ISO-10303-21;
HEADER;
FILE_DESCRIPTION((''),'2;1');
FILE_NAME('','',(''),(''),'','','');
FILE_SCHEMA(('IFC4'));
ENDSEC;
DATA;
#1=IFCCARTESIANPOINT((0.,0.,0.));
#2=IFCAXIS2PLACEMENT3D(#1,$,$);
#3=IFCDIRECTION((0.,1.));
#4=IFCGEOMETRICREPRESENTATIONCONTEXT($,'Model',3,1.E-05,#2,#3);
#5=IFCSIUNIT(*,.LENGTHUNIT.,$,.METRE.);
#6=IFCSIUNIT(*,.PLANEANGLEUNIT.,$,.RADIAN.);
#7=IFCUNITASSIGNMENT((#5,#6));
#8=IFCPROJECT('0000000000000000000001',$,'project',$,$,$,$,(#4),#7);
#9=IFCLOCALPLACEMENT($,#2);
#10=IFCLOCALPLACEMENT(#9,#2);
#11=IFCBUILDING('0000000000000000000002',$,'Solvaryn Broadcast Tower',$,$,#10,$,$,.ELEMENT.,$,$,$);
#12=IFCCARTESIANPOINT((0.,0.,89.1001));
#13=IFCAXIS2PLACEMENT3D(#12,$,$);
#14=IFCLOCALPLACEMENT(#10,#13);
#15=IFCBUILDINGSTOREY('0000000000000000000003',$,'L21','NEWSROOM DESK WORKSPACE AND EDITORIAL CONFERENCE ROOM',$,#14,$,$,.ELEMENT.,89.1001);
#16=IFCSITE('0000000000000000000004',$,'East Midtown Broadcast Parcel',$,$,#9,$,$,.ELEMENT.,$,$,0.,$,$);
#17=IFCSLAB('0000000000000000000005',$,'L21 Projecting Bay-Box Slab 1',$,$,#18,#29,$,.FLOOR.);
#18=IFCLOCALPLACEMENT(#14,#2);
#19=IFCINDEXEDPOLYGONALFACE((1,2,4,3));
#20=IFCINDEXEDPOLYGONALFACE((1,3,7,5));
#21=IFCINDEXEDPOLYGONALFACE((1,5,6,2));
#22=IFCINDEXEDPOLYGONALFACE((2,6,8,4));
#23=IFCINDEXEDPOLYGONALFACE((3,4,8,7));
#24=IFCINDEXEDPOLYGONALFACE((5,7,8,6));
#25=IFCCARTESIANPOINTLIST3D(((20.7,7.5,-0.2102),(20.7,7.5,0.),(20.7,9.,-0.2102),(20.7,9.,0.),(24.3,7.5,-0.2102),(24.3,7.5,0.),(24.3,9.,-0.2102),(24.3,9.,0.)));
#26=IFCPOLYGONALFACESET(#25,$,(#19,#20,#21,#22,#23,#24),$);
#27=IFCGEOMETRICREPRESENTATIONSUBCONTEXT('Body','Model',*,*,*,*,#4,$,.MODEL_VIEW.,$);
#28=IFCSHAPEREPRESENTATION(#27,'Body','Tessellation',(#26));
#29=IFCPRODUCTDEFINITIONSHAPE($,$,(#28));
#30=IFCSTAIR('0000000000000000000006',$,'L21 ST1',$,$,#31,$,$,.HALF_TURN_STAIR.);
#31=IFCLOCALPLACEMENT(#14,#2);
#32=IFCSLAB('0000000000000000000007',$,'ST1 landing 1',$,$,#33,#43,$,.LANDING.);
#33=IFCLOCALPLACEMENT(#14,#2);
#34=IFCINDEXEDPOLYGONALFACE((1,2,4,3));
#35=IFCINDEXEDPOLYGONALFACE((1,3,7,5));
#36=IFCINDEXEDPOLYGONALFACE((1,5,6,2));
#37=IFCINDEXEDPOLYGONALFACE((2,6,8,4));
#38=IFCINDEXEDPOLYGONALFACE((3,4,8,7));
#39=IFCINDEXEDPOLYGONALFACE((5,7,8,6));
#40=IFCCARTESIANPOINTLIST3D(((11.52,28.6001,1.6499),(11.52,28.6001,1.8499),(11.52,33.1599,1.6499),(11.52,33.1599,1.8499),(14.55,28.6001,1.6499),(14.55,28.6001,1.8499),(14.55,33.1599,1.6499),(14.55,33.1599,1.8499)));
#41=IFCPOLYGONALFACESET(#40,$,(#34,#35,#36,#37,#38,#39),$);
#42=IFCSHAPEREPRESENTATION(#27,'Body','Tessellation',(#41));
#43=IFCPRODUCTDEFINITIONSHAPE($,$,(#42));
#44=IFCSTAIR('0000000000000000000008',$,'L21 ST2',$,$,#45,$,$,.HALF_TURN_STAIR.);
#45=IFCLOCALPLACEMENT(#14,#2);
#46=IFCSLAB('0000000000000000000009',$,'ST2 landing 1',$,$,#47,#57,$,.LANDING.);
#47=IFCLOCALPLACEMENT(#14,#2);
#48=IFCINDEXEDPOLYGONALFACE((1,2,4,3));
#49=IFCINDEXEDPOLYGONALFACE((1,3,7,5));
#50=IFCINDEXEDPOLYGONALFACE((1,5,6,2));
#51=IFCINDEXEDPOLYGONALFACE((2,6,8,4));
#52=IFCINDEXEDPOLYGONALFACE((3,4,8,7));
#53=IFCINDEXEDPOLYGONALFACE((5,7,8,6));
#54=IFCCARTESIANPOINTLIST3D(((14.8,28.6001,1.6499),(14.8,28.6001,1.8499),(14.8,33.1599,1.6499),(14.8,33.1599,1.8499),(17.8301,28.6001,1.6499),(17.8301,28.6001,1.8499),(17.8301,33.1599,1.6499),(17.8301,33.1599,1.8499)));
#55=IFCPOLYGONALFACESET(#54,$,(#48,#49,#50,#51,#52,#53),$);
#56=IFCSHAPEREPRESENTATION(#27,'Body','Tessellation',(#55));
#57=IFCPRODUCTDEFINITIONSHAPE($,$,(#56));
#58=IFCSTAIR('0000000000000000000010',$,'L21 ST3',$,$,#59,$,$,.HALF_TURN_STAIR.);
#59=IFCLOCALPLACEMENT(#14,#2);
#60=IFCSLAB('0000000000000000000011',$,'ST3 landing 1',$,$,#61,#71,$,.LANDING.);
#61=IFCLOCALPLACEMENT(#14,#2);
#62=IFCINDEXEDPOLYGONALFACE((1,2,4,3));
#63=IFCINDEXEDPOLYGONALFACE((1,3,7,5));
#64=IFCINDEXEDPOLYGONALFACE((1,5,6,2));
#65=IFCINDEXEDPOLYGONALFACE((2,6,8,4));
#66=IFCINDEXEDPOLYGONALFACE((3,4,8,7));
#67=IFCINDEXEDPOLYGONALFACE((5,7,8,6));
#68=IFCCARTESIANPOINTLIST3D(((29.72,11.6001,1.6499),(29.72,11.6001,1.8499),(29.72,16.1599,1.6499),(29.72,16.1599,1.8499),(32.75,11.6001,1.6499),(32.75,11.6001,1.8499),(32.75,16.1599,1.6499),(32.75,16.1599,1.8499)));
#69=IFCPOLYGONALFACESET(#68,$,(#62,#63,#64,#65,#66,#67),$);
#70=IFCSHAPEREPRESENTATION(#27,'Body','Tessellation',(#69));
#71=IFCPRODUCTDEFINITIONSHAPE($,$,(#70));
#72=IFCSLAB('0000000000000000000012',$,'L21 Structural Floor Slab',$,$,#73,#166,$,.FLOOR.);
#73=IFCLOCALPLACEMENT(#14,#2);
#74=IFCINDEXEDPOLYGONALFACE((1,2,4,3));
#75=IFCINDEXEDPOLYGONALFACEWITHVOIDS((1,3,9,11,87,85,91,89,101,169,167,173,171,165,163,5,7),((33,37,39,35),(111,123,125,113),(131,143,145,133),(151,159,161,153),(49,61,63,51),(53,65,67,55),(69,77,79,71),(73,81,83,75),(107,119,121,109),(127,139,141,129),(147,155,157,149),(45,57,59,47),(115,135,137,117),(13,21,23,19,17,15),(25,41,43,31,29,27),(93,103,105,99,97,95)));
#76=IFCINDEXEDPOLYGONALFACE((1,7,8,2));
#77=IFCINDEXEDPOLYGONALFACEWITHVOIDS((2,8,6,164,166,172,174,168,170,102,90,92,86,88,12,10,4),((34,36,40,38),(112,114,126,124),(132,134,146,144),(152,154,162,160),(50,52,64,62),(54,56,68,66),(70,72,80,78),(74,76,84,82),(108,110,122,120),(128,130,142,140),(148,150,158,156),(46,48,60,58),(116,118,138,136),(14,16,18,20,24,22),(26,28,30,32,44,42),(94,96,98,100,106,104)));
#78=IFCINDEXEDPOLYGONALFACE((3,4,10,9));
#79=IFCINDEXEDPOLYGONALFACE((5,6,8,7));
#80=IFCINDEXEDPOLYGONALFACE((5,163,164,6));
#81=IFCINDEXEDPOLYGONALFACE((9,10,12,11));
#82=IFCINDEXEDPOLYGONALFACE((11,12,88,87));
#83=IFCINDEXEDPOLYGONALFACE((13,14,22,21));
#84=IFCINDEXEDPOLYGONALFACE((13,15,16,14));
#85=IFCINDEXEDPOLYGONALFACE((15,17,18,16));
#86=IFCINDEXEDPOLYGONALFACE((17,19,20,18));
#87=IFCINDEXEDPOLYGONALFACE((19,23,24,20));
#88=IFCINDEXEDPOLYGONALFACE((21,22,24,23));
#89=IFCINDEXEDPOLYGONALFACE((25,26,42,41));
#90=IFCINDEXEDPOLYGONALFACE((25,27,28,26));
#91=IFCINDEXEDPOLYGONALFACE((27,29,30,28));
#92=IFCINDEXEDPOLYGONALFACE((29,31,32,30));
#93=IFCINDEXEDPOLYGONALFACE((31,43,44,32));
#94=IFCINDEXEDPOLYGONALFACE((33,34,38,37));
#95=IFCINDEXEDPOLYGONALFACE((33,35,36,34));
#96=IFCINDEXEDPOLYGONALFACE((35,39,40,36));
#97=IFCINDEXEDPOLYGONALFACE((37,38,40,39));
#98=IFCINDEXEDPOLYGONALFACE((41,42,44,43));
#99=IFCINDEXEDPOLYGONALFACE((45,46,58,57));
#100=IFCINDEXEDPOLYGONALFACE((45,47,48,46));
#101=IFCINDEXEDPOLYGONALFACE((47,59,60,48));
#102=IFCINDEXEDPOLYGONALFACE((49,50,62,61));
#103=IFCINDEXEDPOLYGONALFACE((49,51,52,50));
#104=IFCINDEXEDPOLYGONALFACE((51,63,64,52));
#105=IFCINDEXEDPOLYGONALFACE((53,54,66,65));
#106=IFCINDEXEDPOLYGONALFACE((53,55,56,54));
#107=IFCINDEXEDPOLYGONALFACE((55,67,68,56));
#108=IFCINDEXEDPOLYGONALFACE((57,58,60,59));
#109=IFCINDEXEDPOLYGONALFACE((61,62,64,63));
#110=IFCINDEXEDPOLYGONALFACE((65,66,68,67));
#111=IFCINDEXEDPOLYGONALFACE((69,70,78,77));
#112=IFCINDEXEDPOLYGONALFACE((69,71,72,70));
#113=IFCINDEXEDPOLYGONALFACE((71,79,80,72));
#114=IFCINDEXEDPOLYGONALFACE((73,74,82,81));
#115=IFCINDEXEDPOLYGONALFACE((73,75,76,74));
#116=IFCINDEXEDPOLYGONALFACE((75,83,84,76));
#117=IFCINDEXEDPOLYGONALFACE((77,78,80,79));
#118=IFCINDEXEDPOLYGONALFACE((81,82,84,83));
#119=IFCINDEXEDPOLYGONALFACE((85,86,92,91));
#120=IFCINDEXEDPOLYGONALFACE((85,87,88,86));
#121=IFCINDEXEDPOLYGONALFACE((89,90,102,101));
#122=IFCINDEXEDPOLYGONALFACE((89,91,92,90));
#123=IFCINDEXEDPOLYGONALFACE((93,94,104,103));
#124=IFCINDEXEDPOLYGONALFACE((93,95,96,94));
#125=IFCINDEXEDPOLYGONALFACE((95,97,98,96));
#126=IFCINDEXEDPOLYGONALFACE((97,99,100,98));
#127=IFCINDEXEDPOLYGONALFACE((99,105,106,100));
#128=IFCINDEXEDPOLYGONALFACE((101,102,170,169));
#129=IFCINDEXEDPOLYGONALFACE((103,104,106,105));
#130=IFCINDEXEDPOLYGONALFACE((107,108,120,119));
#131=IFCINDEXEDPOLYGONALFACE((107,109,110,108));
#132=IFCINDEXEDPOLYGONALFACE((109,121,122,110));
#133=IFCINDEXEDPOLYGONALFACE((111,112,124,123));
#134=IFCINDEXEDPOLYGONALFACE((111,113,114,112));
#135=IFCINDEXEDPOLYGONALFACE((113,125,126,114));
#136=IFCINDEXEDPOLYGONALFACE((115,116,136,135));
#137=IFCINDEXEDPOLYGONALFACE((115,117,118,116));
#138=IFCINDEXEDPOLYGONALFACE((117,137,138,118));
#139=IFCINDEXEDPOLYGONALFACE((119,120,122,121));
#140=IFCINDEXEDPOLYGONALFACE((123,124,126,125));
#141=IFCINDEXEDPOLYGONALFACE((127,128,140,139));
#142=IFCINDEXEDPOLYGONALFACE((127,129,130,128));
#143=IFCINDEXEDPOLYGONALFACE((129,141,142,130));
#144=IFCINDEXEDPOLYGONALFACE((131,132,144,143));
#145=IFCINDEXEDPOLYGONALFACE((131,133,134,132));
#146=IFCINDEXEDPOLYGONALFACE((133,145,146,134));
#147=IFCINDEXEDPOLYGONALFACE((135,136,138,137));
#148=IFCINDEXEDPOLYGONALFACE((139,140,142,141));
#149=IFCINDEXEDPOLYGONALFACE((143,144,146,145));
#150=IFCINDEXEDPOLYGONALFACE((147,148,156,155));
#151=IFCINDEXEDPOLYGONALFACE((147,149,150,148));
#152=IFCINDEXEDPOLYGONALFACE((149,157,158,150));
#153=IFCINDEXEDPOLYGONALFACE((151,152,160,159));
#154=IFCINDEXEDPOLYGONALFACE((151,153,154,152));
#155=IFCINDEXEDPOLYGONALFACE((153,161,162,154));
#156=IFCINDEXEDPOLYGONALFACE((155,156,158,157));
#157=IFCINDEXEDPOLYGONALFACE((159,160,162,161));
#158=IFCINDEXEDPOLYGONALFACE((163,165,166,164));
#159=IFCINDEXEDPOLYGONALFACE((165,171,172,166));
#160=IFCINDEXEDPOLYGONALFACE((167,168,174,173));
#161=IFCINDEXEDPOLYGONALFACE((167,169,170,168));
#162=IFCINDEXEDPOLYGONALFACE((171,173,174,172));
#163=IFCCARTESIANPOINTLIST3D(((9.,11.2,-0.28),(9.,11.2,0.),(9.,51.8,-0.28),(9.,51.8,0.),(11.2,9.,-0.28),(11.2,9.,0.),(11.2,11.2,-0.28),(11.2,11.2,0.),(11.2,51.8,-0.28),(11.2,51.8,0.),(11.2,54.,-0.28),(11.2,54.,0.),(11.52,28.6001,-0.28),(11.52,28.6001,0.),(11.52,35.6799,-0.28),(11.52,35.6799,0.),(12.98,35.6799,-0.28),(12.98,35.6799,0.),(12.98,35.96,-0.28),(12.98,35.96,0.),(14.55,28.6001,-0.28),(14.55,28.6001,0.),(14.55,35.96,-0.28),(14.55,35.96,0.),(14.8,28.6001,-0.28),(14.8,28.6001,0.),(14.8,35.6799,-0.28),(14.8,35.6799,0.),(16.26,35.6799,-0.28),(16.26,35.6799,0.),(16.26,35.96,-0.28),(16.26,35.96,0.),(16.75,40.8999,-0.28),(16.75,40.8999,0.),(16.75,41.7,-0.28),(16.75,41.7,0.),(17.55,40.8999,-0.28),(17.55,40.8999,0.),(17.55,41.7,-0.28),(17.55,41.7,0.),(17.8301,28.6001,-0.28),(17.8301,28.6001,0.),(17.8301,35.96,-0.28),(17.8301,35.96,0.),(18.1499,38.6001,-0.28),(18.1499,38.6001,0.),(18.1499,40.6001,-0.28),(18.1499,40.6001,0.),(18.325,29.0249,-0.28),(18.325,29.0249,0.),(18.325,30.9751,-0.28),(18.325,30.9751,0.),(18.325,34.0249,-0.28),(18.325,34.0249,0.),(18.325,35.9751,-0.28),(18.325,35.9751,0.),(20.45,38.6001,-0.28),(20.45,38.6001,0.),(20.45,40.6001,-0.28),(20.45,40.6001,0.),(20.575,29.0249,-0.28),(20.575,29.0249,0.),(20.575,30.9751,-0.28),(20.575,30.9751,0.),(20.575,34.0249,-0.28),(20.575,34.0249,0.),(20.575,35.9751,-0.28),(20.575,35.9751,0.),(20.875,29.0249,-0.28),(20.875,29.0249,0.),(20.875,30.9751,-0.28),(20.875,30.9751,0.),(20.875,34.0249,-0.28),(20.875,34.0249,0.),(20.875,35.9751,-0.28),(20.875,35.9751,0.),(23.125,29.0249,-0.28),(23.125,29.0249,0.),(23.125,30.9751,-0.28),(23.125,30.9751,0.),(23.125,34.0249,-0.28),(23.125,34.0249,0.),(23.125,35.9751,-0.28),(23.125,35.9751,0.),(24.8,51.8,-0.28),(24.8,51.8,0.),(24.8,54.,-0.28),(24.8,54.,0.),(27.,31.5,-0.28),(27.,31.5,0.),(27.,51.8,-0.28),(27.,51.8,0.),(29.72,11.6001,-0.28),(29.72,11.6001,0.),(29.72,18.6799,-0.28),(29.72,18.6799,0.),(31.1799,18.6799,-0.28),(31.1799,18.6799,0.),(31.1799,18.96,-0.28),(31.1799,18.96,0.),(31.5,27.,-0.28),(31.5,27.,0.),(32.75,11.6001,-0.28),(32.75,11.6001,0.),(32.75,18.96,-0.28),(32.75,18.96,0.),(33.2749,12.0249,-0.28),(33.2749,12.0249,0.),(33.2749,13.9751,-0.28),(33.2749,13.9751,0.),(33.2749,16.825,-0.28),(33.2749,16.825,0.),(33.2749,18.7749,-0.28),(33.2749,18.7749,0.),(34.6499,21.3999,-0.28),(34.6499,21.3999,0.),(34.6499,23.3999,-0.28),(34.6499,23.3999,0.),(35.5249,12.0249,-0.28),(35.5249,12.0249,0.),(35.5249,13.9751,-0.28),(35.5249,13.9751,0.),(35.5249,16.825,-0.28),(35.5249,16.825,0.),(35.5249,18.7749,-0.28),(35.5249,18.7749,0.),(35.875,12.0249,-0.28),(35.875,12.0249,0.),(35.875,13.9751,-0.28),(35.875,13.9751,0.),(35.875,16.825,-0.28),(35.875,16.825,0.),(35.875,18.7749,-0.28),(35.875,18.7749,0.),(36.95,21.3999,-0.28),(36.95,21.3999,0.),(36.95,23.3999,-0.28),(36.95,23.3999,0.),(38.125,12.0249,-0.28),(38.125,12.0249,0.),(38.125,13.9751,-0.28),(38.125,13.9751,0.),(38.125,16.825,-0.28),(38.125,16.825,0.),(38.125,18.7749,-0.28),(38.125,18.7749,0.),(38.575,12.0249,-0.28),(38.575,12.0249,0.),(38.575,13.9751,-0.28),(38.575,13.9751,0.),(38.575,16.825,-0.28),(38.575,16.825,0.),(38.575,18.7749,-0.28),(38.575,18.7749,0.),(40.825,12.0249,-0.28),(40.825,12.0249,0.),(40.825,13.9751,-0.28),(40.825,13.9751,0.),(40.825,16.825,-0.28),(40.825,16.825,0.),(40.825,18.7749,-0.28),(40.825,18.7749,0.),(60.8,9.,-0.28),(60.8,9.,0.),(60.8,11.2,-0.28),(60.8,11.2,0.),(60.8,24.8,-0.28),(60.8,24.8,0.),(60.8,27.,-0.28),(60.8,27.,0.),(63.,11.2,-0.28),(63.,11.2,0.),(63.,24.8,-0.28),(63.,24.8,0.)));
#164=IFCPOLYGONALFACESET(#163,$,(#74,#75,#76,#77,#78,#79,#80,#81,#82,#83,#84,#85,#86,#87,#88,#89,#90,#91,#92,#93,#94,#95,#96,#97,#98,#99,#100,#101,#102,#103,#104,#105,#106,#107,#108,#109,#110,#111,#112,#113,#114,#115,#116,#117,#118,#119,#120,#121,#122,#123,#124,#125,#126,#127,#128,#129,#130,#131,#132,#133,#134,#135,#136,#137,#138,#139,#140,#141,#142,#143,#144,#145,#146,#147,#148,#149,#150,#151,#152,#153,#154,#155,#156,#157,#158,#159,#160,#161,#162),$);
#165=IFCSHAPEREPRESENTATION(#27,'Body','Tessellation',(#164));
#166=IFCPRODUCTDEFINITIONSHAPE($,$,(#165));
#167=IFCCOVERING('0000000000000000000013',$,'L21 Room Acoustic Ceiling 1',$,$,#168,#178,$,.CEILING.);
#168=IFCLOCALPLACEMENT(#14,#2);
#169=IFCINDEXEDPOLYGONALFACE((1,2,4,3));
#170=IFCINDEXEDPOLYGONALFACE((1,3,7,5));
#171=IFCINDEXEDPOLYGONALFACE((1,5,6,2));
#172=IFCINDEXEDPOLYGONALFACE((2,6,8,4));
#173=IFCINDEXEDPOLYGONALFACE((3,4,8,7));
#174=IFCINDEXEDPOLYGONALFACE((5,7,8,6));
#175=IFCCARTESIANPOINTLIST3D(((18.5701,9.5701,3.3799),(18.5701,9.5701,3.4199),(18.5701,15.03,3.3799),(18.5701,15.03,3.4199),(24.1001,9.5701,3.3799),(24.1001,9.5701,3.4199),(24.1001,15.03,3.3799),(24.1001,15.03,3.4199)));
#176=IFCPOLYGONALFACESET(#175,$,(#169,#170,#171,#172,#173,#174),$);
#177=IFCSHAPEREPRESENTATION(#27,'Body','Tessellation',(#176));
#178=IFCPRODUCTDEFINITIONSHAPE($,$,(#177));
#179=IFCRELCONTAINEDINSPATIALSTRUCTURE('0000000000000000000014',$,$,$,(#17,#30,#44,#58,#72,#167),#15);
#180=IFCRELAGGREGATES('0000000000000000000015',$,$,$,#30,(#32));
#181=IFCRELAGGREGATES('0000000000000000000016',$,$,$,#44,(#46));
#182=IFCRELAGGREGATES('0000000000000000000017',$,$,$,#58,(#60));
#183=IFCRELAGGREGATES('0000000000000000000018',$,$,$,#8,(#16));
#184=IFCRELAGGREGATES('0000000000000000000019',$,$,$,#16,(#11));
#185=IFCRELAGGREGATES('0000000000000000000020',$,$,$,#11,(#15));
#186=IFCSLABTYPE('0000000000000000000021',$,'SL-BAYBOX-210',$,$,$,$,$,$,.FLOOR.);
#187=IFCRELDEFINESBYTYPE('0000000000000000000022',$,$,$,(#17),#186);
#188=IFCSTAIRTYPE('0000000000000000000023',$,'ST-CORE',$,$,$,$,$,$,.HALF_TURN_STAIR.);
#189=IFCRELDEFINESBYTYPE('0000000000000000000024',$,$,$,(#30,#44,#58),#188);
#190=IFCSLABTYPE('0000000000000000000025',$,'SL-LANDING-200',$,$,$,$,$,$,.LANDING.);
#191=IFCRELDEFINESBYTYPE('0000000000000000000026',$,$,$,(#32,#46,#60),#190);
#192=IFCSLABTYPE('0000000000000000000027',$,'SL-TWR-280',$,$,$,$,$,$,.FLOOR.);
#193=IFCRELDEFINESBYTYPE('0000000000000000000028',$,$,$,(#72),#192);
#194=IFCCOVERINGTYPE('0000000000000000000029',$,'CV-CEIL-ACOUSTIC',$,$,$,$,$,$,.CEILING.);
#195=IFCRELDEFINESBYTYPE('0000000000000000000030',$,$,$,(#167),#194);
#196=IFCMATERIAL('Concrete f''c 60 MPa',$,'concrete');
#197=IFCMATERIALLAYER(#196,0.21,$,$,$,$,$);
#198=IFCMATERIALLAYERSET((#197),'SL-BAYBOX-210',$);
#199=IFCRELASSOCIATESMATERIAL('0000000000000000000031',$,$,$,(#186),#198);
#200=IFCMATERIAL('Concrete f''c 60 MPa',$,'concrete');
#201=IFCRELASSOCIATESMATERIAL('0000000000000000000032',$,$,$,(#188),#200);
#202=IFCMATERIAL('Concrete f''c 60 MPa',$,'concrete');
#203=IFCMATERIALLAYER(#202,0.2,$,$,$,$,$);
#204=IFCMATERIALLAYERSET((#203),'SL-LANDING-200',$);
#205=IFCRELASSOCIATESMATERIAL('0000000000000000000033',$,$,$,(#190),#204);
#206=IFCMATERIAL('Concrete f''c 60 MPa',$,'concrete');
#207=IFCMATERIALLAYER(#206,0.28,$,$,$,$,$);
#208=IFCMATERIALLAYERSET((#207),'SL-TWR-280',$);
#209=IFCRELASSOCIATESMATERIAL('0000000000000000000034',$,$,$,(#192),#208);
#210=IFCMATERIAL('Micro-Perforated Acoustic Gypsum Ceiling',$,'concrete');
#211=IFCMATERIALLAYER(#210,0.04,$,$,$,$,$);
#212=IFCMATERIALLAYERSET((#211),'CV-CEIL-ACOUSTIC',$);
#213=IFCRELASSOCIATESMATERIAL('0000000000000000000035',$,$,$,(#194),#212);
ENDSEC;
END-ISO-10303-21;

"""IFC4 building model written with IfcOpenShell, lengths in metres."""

from ifc_helpers import new_model, si_unit, direction, frame, origin, place, context, subcontext, project, spatial, polyline, outline, extrude, material, layer, layer_set, type_object, element, aggregate, save


model = new_model("IFC4")

# Units and contexts
model_context = context("Model", 3, precision=1e-05, world=origin(), true_north=direction((0.0, 1.0)))
body_context = subcontext(model_context, "Body", "Model", "MODEL_VIEW")
ifc_project = project(units=[si_unit("LENGTHUNIT", "METRE"), si_unit("PLANEANGLEUNIT", "RADIAN")], contexts=[model_context])

# Site, building, storey
site_placement = place(None, origin())
site = spatial("IfcSite", under=ifc_project, at=site_placement, Name="East Midtown Broadcast Parcel", CompositionType="ELEMENT", RefElevation=0.0)
building_placement = place(site_placement, origin())
building = spatial("IfcBuilding", under=site, at=building_placement, Name="Solvaryn Broadcast Tower", CompositionType="ELEMENT")
storey_placement = place(building_placement, frame((0.0, 0.0, 89.1001)))
storey = spatial("IfcBuildingStorey", under=building, at=storey_placement, Name="L21", Description="NEWSROOM DESK WORKSPACE AND EDITORIAL CONFERENCE ROOM", CompositionType="ELEMENT", Elevation=89.1001)

# Slab
ifc_material_1 = material(Name="Concrete f'c 60 MPa", Category="concrete")
ifc_layer_1 = layer(ifc_material_1, 0.21)
ifc_layer_set_1 = layer_set([ifc_layer_1], Name="SL-BAYBOX-210")
slab_type_1 = type_object("IfcSlabType", Name="SL-BAYBOX-210", PredefinedType="FLOOR", material=ifc_layer_set_1)
slab_1_placement = place(storey_placement, frame((0.0, 0.0, -0.2102)))
element("IfcSlab", 1, at=slab_1_placement, inside=storey, type_object=slab_type_1, Name="L21 Projecting Bay-Box Slab 1", PredefinedType="FLOOR", context=body_context, shape_type="SweptSolid", body=[
    extrude(outline(polyline([(20.7, 7.5), (24.3, 7.5), (24.3, 9.0), (20.7, 9.0), (20.7, 7.5)])), origin(), (0.0, 0.0, 1.0), 0.2102),
])

# Stairs, slabs
ifc_material_2 = material(Name="Concrete f'c 60 MPa", Category="concrete")
stair_type = type_object("IfcStairType", Name="ST-CORE", PredefinedType="HALF_TURN_STAIR", material=ifc_material_2)
stair_1_placement = place(storey_placement, origin())
stair_1 = element("IfcStair", 2, at=stair_1_placement, inside=storey, type_object=stair_type, Name="L21 ST1", PredefinedType="HALF_TURN_STAIR")
ifc_material_3 = material(Name="Concrete f'c 60 MPa", Category="concrete")
ifc_layer_2 = layer(ifc_material_3, 0.2)
ifc_layer_set_2 = layer_set([ifc_layer_2], Name="SL-LANDING-200")
slab_type_2 = type_object("IfcSlabType", Name="SL-LANDING-200", PredefinedType="LANDING", material=ifc_layer_set_2)
slab_2_placement = place(storey_placement, frame((0.0, 0.0, 1.6499)))
slab_2 = element("IfcSlab", 3, at=slab_2_placement, type_object=slab_type_2, Name="ST1 landing 1", PredefinedType="LANDING", context=body_context, shape_type="SweptSolid", body=[
    extrude(outline(polyline([(11.52, 33.1599), (11.52, 28.6001), (14.55, 28.6001), (14.55, 33.1599), (11.52, 33.1599)])), origin(), (0.0, 0.0, 1.0), 0.2),
])
aggregate(stair_1, [slab_2])
stair_2_placement = place(storey_placement, origin())
stair_2 = element("IfcStair", 4, at=stair_2_placement, inside=storey, type_object=stair_type, Name="L21 ST2", PredefinedType="HALF_TURN_STAIR")
slab_3_placement = place(storey_placement, frame((0.0, 0.0, 1.6499)))
slab_3 = element("IfcSlab", 5, at=slab_3_placement, type_object=slab_type_2, Name="ST2 landing 1", PredefinedType="LANDING", context=body_context, shape_type="SweptSolid", body=[
    extrude(outline(polyline([(14.8, 33.1599), (14.8, 28.6001), (17.8301, 28.6001), (17.8301, 33.1599), (14.8, 33.1599)])), origin(), (0.0, 0.0, 1.0), 0.2),
])
aggregate(stair_2, [slab_3])
stair_3_placement = place(storey_placement, origin())
stair_3 = element("IfcStair", 6, at=stair_3_placement, inside=storey, type_object=stair_type, Name="L21 ST3", PredefinedType="HALF_TURN_STAIR")
slab_4_placement = place(storey_placement, frame((0.0, 0.0, 1.6499)))
slab_4 = element("IfcSlab", 7, at=slab_4_placement, type_object=slab_type_2, Name="ST3 landing 1", PredefinedType="LANDING", context=body_context, shape_type="SweptSolid", body=[
    extrude(outline(polyline([(29.72, 16.1599), (29.72, 11.6001), (32.75, 11.6001), (32.75, 16.1599), (29.72, 16.1599)])), origin(), (0.0, 0.0, 1.0), 0.2),
])
aggregate(stair_3, [slab_4])

# Slab
ifc_material_4 = material(Name="Concrete f'c 60 MPa", Category="concrete")
ifc_layer_3 = layer(ifc_material_4, 0.28)
ifc_layer_set_3 = layer_set([ifc_layer_3], Name="SL-TWR-280")
slab_type_3 = type_object("IfcSlabType", Name="SL-TWR-280", PredefinedType="FLOOR", material=ifc_layer_set_3)
slab_5_placement = place(storey_placement, frame((0.0, 0.0, -0.28)))
element("IfcSlab", 8, at=slab_5_placement, inside=storey, type_object=slab_type_3, Name="L21 Structural Floor Slab", PredefinedType="FLOOR", context=body_context, shape_type="SweptSolid", body=[
    extrude(outline(polyline([(11.2, 9.0), (60.8, 9.0), (60.8, 11.2), (63.0, 11.2), (63.0, 24.8), (60.8, 24.8), (60.8, 27.0), (31.5, 27.0), (27.0, 31.5), (27.0, 51.8), (24.8, 51.8), (24.8, 54.0), (11.2, 54.0), (11.2, 51.8), (9.0, 51.8), (9.0, 11.2), (11.2, 11.2), (11.2, 9.0)]), holes=[polyline([(11.52, 28.6001), (14.55, 28.6001), (14.55, 35.96), (12.98, 35.96), (12.98, 35.6799), (11.52, 35.6799), (11.52, 28.6001)]), polyline([(14.8, 28.6001), (17.8301, 28.6001), (17.8301, 35.96), (16.26, 35.96), (16.26, 35.6799), (14.8, 35.6799), (14.8, 28.6001)]), polyline([(29.72, 11.6001), (32.75, 11.6001), (32.75, 18.96), (31.1799, 18.96), (31.1799, 18.6799), (29.72, 18.6799), (29.72, 11.6001)]), polyline([(18.1499, 38.6001), (20.45, 38.6001), (20.45, 40.6001), (18.1499, 40.6001), (18.1499, 38.6001)]), polyline([(18.325, 29.0249), (20.575, 29.0249), (20.575, 30.9751), (18.325, 30.9751), (18.325, 29.0249)]), polyline([(20.875, 29.0249), (23.125, 29.0249), (23.125, 30.9751), (20.875, 30.9751), (20.875, 29.0249)]), polyline([(18.325, 34.0249), (20.575, 34.0249), (20.575, 35.9751), (18.325, 35.9751), (18.325, 34.0249)]), polyline([(20.875, 34.0249), (23.125, 34.0249), (23.125, 35.9751), (20.875, 35.9751), (20.875, 34.0249)]), polyline([(34.6499, 21.3999), (36.95, 21.3999), (36.95, 23.3999), (34.6499, 23.3999), (34.6499, 21.3999)]), polyline([(33.2749, 12.0249), (35.5249, 12.0249), (35.5249, 13.9751), (33.2749, 13.9751), (33.2749, 12.0249)]), polyline([(35.875, 12.0249), (38.125, 12.0249), (38.125, 13.9751), (35.875, 13.9751), (35.875, 12.0249)]), polyline([(33.2749, 16.825), (35.5249, 16.825), (35.5249, 18.7749), (33.2749, 18.7749), (33.2749, 16.825)]), polyline([(35.875, 16.825), (38.125, 16.825), (38.125, 18.7749), (35.875, 18.7749), (35.875, 16.825)]), polyline([(38.575, 12.0249), (40.825, 12.0249), (40.825, 13.9751), (38.575, 13.9751), (38.575, 12.0249)]), polyline([(38.575, 16.825), (40.825, 16.825), (40.825, 18.7749), (38.575, 18.7749), (38.575, 16.825)]), polyline([(16.75, 40.8999), (17.55, 40.8999), (17.55, 41.7), (16.75, 41.7), (16.75, 40.8999)])]), origin(), (0.0, 0.0, 1.0), 0.28),
])

# Covering
ifc_material_5 = material(Name="Micro-Perforated Acoustic Gypsum Ceiling", Category="concrete")
ifc_layer_4 = layer(ifc_material_5, 0.04)
ifc_layer_set_4 = layer_set([ifc_layer_4], Name="CV-CEIL-ACOUSTIC")
covering_type_1 = type_object("IfcCoveringType", Name="CV-CEIL-ACOUSTIC", PredefinedType="CEILING", material=ifc_layer_set_4)
covering_1_placement = place(storey_placement, frame((0.0, 0.0, 3.3799)))
element("IfcCovering", 9, at=covering_1_placement, inside=storey, type_object=covering_type_1, Name="L21 Room Acoustic Ceiling 1", PredefinedType="CEILING", context=body_context, shape_type="SweptSolid", body=[
    extrude(outline(polyline([(18.5701, 9.5701), (24.1001, 9.5701), (24.1001, 15.03), (18.5701, 15.03), (18.5701, 9.5701)])), origin(), (0.0, 0.0, 1.0), 0.04),
])

save(model, "model.ifc")
